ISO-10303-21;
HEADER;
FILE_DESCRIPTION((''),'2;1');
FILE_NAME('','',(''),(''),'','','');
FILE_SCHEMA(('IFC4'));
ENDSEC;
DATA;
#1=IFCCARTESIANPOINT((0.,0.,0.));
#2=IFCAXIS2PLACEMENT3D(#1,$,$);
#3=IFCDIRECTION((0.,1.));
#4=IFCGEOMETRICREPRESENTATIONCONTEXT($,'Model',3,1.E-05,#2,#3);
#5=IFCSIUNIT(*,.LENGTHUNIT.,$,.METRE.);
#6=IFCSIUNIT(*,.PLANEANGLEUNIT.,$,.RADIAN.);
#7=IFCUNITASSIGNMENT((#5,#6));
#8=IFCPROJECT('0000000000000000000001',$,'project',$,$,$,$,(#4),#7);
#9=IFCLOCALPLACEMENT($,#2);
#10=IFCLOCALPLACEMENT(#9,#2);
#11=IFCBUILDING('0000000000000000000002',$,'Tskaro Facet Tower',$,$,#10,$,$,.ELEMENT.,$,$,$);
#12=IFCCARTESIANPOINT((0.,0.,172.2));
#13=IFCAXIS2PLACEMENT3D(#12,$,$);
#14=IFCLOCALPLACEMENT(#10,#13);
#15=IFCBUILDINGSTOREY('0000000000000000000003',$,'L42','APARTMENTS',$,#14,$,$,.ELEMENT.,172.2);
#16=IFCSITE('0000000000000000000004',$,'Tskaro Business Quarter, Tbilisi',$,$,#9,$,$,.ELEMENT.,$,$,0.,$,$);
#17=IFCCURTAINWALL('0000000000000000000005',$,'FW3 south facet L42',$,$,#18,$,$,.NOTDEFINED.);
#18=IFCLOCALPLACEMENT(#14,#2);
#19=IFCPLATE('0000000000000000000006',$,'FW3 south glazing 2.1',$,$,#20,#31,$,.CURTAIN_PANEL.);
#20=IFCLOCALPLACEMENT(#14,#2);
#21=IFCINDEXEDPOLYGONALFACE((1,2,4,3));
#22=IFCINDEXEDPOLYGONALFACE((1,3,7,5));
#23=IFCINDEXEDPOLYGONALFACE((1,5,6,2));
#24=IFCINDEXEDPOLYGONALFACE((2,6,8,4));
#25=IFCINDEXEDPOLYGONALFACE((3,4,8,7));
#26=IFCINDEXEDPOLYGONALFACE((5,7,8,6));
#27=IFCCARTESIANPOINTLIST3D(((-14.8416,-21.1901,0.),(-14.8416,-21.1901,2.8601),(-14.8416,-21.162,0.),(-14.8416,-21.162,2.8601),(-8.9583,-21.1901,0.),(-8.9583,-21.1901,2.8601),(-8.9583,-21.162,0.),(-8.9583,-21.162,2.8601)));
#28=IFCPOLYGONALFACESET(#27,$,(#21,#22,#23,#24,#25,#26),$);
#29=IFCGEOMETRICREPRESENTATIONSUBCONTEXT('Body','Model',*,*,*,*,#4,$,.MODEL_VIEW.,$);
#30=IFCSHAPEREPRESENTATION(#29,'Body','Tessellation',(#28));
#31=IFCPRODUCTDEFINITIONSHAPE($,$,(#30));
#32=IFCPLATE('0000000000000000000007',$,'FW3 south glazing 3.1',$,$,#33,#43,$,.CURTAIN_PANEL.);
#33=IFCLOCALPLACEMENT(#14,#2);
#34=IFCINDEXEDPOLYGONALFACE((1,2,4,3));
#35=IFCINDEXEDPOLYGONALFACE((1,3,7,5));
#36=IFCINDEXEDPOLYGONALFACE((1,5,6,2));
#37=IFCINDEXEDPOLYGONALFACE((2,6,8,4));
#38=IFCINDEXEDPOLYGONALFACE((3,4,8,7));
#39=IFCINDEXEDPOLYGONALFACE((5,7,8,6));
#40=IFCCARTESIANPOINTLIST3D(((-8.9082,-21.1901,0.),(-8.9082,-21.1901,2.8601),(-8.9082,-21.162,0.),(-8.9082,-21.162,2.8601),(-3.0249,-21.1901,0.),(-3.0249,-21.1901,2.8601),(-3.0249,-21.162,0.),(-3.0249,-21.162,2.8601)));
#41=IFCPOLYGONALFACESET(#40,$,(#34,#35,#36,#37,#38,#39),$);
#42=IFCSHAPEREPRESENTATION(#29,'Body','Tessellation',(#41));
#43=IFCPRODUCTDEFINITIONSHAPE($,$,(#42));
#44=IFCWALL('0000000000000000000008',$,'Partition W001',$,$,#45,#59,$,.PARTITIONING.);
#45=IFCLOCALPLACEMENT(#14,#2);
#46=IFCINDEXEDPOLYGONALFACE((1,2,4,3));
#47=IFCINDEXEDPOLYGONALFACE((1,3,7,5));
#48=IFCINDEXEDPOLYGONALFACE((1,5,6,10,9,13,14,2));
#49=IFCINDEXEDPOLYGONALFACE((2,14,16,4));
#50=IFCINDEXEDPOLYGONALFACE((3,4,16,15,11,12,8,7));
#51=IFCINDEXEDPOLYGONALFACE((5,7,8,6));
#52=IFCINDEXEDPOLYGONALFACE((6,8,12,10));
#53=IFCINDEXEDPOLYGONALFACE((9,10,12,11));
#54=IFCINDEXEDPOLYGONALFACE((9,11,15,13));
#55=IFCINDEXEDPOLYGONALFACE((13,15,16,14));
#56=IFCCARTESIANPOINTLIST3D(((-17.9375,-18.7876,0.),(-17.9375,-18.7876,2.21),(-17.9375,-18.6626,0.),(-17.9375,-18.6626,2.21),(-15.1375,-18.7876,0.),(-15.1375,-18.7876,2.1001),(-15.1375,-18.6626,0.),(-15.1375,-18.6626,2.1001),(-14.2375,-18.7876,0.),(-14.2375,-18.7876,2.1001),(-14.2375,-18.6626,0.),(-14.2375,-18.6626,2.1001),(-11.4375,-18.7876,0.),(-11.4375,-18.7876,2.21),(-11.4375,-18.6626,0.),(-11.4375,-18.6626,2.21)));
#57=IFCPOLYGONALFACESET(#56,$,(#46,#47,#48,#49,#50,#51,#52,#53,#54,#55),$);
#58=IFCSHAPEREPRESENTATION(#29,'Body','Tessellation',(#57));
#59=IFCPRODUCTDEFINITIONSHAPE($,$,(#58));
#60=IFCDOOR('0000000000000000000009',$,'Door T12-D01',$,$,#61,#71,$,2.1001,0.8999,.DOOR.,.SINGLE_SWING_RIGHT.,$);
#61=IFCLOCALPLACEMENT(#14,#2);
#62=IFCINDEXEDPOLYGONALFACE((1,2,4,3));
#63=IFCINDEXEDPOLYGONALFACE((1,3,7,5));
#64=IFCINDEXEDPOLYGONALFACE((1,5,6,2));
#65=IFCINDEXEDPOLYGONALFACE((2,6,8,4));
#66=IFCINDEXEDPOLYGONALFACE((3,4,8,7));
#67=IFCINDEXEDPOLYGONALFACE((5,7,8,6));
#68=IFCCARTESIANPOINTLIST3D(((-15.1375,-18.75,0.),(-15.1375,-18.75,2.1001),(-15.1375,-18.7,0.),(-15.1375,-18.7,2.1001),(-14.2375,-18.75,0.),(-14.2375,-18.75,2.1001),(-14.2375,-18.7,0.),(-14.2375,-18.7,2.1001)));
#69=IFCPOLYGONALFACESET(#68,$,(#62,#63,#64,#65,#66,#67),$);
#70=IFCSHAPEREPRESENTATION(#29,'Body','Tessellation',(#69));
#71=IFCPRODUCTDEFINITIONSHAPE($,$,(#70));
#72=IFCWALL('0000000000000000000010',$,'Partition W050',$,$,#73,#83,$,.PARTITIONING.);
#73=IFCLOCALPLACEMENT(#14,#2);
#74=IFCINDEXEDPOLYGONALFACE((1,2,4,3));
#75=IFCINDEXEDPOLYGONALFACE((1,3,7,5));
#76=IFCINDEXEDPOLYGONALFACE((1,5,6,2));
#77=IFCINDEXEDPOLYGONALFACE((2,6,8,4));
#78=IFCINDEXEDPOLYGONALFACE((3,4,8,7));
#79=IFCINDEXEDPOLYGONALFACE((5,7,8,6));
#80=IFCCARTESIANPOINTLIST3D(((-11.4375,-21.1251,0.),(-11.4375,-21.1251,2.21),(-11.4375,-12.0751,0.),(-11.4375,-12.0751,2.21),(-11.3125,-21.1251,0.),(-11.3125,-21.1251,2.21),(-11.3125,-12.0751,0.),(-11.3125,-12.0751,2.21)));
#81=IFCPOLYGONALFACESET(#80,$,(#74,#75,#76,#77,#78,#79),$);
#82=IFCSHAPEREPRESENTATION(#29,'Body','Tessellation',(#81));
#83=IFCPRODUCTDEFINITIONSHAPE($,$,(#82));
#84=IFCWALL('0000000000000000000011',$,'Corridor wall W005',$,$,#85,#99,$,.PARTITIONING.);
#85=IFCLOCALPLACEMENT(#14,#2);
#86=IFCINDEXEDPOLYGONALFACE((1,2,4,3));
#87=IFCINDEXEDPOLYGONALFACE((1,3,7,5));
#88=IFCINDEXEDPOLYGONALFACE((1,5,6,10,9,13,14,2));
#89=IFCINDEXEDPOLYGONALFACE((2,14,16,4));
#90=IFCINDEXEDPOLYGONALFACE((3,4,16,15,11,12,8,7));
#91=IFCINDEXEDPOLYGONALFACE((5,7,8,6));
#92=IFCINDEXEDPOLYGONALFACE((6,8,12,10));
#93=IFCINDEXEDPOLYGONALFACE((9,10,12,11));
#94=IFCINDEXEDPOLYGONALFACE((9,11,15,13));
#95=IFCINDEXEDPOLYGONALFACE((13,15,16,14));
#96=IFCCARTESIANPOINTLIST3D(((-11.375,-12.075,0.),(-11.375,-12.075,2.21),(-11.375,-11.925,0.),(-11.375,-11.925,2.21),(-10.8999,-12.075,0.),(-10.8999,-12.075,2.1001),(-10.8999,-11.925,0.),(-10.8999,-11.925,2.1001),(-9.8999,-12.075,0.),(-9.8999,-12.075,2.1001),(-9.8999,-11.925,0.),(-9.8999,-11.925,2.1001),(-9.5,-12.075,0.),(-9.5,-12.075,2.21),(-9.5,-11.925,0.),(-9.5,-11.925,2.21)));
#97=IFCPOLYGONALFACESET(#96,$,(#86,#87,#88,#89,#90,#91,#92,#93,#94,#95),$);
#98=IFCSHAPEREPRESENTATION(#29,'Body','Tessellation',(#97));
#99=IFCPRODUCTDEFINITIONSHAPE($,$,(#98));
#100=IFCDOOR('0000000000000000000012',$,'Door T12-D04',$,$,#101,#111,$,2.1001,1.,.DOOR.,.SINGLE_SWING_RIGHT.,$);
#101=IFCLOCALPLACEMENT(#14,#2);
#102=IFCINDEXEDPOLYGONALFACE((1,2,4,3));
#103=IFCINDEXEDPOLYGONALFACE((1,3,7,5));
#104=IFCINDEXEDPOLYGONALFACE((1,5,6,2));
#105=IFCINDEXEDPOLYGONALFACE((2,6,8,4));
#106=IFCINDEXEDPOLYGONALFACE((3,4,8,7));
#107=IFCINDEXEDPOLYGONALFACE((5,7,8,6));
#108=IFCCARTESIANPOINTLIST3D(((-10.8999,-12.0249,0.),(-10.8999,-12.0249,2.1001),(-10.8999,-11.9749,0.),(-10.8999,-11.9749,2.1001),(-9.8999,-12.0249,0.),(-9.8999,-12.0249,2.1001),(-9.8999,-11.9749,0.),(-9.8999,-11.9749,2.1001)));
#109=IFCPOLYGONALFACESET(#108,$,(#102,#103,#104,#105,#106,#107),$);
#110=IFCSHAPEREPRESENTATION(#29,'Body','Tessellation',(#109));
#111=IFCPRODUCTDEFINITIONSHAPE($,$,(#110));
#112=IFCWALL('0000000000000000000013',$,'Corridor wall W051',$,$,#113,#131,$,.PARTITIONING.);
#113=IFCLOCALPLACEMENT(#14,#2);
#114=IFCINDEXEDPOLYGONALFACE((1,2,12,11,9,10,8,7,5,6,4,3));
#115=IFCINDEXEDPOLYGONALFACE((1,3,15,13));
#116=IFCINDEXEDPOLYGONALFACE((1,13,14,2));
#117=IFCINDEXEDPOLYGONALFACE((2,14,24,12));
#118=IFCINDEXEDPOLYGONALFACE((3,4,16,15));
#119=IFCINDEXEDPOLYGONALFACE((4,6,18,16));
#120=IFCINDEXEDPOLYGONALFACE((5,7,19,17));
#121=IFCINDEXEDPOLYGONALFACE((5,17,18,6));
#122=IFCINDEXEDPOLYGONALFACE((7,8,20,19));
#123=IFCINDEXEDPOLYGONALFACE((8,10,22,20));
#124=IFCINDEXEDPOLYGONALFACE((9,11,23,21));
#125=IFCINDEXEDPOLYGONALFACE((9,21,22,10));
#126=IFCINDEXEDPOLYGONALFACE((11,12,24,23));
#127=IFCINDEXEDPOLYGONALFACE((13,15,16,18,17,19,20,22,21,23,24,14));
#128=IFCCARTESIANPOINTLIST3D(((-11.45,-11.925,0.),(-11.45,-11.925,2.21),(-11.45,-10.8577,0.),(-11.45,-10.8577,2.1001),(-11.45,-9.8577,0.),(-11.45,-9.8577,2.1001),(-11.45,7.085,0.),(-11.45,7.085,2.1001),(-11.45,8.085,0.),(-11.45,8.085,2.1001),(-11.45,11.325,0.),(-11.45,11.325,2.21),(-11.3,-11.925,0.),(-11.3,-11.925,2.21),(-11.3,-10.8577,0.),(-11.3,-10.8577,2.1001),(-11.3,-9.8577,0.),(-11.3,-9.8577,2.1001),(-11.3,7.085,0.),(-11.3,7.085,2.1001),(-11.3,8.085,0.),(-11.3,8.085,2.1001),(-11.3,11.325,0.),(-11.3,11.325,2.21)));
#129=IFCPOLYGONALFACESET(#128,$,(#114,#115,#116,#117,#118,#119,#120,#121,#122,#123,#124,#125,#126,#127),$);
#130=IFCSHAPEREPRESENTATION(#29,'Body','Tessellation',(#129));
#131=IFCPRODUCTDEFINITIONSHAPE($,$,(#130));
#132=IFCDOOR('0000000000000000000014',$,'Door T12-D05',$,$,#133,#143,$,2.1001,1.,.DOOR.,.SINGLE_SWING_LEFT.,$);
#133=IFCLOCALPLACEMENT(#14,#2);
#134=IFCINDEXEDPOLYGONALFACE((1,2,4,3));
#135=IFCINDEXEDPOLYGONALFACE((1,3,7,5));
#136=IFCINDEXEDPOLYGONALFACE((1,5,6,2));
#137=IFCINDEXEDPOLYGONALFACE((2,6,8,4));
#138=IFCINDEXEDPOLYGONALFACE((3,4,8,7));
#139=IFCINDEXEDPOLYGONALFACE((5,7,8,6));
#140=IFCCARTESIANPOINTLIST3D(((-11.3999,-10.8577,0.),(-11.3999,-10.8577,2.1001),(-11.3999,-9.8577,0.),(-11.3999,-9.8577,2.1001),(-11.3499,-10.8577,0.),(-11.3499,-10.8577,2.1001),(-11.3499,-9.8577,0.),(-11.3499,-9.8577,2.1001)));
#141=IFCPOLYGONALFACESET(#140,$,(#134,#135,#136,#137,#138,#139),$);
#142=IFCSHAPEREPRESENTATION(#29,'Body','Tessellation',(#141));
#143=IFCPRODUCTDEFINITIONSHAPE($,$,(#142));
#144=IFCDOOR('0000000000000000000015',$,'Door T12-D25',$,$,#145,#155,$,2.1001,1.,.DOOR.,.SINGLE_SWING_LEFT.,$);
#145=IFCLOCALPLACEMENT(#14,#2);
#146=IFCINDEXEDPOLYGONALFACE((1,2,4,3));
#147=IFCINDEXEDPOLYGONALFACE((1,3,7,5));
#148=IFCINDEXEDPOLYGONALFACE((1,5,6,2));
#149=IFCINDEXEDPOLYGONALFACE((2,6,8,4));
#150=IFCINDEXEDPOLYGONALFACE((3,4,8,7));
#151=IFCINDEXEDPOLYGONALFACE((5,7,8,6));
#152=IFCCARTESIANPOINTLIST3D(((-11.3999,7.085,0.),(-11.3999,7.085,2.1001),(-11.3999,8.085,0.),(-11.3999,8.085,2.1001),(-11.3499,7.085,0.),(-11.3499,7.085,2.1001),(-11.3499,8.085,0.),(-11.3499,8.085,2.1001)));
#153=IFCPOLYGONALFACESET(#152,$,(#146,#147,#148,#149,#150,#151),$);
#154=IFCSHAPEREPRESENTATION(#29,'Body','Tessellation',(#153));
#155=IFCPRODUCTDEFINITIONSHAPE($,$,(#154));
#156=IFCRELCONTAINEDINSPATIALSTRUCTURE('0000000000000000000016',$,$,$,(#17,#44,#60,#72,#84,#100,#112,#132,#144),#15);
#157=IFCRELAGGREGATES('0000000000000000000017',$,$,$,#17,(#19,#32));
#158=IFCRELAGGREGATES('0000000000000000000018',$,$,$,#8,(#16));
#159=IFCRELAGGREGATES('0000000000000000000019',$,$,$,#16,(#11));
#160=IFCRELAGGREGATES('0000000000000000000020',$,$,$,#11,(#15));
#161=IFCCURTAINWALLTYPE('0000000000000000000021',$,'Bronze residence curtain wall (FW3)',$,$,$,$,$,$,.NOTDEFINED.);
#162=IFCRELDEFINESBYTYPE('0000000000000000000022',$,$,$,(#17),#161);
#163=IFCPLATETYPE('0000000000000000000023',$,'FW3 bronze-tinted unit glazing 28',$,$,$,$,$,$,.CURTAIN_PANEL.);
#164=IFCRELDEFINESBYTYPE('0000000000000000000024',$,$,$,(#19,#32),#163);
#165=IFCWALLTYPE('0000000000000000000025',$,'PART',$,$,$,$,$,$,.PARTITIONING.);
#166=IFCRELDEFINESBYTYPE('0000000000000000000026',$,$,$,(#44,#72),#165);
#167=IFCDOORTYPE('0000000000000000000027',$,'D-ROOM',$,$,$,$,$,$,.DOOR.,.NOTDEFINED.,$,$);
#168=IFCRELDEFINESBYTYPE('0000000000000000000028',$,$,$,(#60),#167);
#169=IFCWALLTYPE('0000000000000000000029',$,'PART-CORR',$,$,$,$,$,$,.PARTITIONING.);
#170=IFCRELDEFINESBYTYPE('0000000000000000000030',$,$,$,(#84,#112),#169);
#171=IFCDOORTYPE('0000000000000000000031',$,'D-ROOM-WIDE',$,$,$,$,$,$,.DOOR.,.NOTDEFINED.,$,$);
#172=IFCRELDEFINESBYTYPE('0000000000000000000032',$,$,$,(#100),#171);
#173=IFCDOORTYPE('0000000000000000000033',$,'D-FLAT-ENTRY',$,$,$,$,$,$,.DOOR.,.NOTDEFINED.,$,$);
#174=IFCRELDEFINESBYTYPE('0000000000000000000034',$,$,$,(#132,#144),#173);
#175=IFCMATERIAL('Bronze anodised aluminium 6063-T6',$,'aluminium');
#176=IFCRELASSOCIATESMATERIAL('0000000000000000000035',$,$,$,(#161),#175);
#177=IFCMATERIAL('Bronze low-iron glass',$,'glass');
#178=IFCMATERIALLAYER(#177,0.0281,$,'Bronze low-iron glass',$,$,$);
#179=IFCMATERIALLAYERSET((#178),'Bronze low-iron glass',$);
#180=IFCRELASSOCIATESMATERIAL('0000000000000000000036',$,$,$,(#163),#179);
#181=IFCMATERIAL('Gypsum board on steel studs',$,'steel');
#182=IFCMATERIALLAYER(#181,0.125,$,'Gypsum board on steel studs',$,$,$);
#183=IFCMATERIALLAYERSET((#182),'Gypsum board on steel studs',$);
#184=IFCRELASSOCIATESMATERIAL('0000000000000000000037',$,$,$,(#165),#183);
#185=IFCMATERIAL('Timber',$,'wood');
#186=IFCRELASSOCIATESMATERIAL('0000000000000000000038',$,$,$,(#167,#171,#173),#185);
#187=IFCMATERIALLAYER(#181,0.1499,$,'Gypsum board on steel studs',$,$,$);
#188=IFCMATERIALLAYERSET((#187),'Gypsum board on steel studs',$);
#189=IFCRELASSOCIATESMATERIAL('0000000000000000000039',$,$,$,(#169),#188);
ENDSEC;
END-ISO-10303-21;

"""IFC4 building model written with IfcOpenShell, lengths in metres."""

from ifc_helpers import new_model, si_unit, direction, frame, frame_2d, origin, origin_2d, place, context, subcontext, project, spatial, rectangle, extrude, material, layer, layer_set, type_object, element, fill, aggregate, save


model = new_model("IFC4")

# Units and contexts
model_context = context("Model", 3, precision=1e-05, world=origin(), true_north=direction((0.0, 1.0)))
body_context = subcontext(model_context, "Body", "Model", "MODEL_VIEW")
ifc_project = project(units=[si_unit("LENGTHUNIT", "METRE"), si_unit("PLANEANGLEUNIT", "RADIAN")], contexts=[model_context])

# Site, building, storey
site_placement = place(None, origin())
site = spatial("IfcSite", under=ifc_project, at=site_placement, Name="Tskaro Business Quarter, Tbilisi", CompositionType="ELEMENT", RefElevation=0.0)
building_placement = place(site_placement, origin())
building = spatial("IfcBuilding", under=site, at=building_placement, Name="Tskaro Facet Tower", CompositionType="ELEMENT")
storey_placement = place(building_placement, frame((0.0, 0.0, 172.2)))
storey = spatial("IfcBuildingStorey", under=building, at=storey_placement, Name="L42", Description="APARTMENTS", CompositionType="ELEMENT", Elevation=172.2)

# Curtain wall, plates
ifc_material_1 = material(Name="Bronze anodised aluminium 6063-T6", Category="aluminium")
curtain_wall_type = type_object("IfcCurtainWallType", Name="Bronze residence curtain wall (FW3)", PredefinedType="NOTDEFINED", material=ifc_material_1)
curtain_wall_placement = place(storey_placement, origin())
curtain_wall = element("IfcCurtainWall", 1, at=curtain_wall_placement, inside=storey, type_object=curtain_wall_type, Name="FW3 south facet L42", PredefinedType="NOTDEFINED")
ifc_material_2 = material(Name="Bronze low-iron glass", Category="glass")
ifc_layer_1 = layer(ifc_material_2, 0.0281, Name="Bronze low-iron glass")
ifc_layer_set_1 = layer_set([ifc_layer_1], Name="Bronze low-iron glass")
plate_type = type_object("IfcPlateType", Name="FW3 bronze-tinted unit glazing 28", PredefinedType="CURTAIN_PANEL", material=ifc_layer_set_1)
plate_1_placement = place(storey_placement, frame((-11.8999, -21.176, 0.0), z_axis=(0.0, 0.0, 1.0), x_axis=(1.0, 0.0, 0.0)))
plate_1 = element("IfcPlate", 2, at=plate_1_placement, type_object=plate_type, Name="FW3 south glazing 2.1", PredefinedType="CURTAIN_PANEL", context=body_context, shape_type="SweptSolid", body=[
    extrude(rectangle(XDim=5.8833, YDim=0.0281, at=origin_2d()), origin(), (0.0, 0.0, 1.0), 2.8601),
])
plate_2_placement = place(storey_placement, frame((-5.9666, -21.176, 0.0), z_axis=(0.0, 0.0, 1.0), x_axis=(1.0, 0.0, 0.0)))
plate_2 = element("IfcPlate", 3, at=plate_2_placement, type_object=plate_type, Name="FW3 south glazing 3.1", PredefinedType="CURTAIN_PANEL", context=body_context, shape_type="SweptSolid", body=[
    extrude(rectangle(XDim=5.8833, YDim=0.0281, at=origin_2d()), origin(), (0.0, 0.0, 1.0), 2.8601),
])
aggregate(curtain_wall, [plate_1, plate_2])

# Wall, opening, door
ifc_material_3 = material(Name="Gypsum board on steel studs", Category="steel")
ifc_layer_2 = layer(ifc_material_3, 0.125, Name="Gypsum board on steel studs")
ifc_layer_set_2 = layer_set([ifc_layer_2], Name="Gypsum board on steel studs")
wall_type_1 = type_object("IfcWallType", Name="PART", PredefinedType="PARTITIONING", material=ifc_layer_set_2)
wall_1_placement = place(storey_placement, frame((-11.4375, -18.7251, 0.0), z_axis=(0.0, 0.0, 1.0), x_axis=(-1.0, 0.0, 0.0)))
wall_1 = element("IfcWall", 4, at=wall_1_placement, inside=storey, type_object=wall_type_1, Name="Partition W001", PredefinedType="PARTITIONING", context=body_context, shape_type="SweptSolid", body=[
    extrude(rectangle(XDim=6.5, YDim=0.125, at=frame_2d((3.25, 0.0))), origin(), (0.0, 0.0, 1.0), 2.21),
])
opening_1_placement = place(wall_1_placement, frame((2.8, 0.0, 0.0)))
opening_1 = element("IfcOpeningElement", 5, at=opening_1_placement, cuts=wall_1, PredefinedType="OPENING", context=body_context, shape_type="SweptSolid", body=[
    extrude(rectangle(XDim=0.8999, YDim=2.1001, at=frame_2d((0.45, 1.05))), frame((0.0, 0.0725, 0.0), z_axis=(0.0, -1.0, 0.0), x_axis=(1.0, 0.0, 0.0)), (0.0, 0.0, 1.0), 0.145),
])
ifc_material_4 = material(Name="Timber", Category="wood")
door_type_1 = type_object("IfcDoorType", Name="D-ROOM", OperationType="NOTDEFINED", PredefinedType="DOOR", material=ifc_material_4)
door_1_placement = place(opening_1_placement, origin())
door_1 = element("IfcDoor", 6, at=door_1_placement, inside=storey, type_object=door_type_1, Name="Door T12-D01", OperationType="SINGLE_SWING_RIGHT", OverallHeight=2.1001, OverallWidth=0.8999, PredefinedType="DOOR", context=body_context, shape_type="SweptSolid", body=[
    extrude(rectangle(XDim=0.8999, YDim=2.1001, at=frame_2d((0.45, 1.05))), frame((0.0, 0.0249, 0.0), z_axis=(0.0, -1.0, 0.0), x_axis=(1.0, 0.0, 0.0)), (0.0, 0.0, 1.0), 0.05),
])
fill(opening_1, door_1)

# Wall
wall_2_placement = place(storey_placement, frame((-11.375, -21.125, 0.0), z_axis=(0.0, 0.0, 1.0), x_axis=(0.0, 1.0, 0.0)))
element("IfcWall", 7, at=wall_2_placement, inside=storey, type_object=wall_type_1, Name="Partition W050", PredefinedType="PARTITIONING", context=body_context, shape_type="SweptSolid", body=[
    extrude(rectangle(XDim=9.05, YDim=0.125, at=frame_2d((4.5249, 0.0))), origin(), (0.0, 0.0, 1.0), 2.21),
])

# Wall, opening, door
ifc_layer_3 = layer(ifc_material_3, 0.1499, Name="Gypsum board on steel studs")
ifc_layer_set_3 = layer_set([ifc_layer_3], Name="Gypsum board on steel studs")
wall_type_2 = type_object("IfcWallType", Name="PART-CORR", PredefinedType="PARTITIONING", material=ifc_layer_set_3)
wall_3_placement = place(storey_placement, frame((-9.5, -12.0, 0.0), z_axis=(0.0, 0.0, 1.0), x_axis=(-1.0, 0.0, 0.0)))
wall_3 = element("IfcWall", 8, at=wall_3_placement, inside=storey, type_object=wall_type_2, Name="Corridor wall W005", PredefinedType="PARTITIONING", context=body_context, shape_type="SweptSolid", body=[
    extrude(rectangle(XDim=1.875, YDim=0.1499, at=frame_2d((0.9375, 0.0))), origin(), (0.0, 0.0, 1.0), 2.21),
])
opening_2_placement = place(wall_3_placement, frame((0.3999, 0.0, 0.0)))
opening_2 = element("IfcOpeningElement", 9, at=opening_2_placement, cuts=wall_3, PredefinedType="OPENING", context=body_context, shape_type="SweptSolid", body=[
    extrude(rectangle(XDim=1.0, YDim=2.1001, at=frame_2d((0.5, 1.05))), frame((0.0, 0.085, 0.0), z_axis=(0.0, -1.0, 0.0), x_axis=(1.0, 0.0, 0.0)), (0.0, 0.0, 1.0), 0.1699),
])
door_type_2 = type_object("IfcDoorType", Name="D-ROOM-WIDE", OperationType="NOTDEFINED", PredefinedType="DOOR", material=ifc_material_4)
door_2_placement = place(opening_2_placement, origin())
door_2 = element("IfcDoor", 10, at=door_2_placement, inside=storey, type_object=door_type_2, Name="Door T12-D04", OperationType="SINGLE_SWING_RIGHT", OverallHeight=2.1001, OverallWidth=1.0, PredefinedType="DOOR", context=body_context, shape_type="SweptSolid", body=[
    extrude(rectangle(XDim=1.0, YDim=2.1001, at=frame_2d((0.5, 1.05))), frame((0.0, 0.0249, 0.0), z_axis=(0.0, -1.0, 0.0), x_axis=(1.0, 0.0, 0.0)), (0.0, 0.0, 1.0), 0.05),
])
fill(opening_2, door_2)

# Wall, openings, doors
wall_4_placement = place(storey_placement, frame((-11.375, -11.925, 0.0), z_axis=(0.0, 0.0, 1.0), x_axis=(0.0, 1.0, 0.0)))
wall_4 = element("IfcWall", 11, at=wall_4_placement, inside=storey, type_object=wall_type_2, Name="Corridor wall W051", PredefinedType="PARTITIONING", context=body_context, shape_type="SweptSolid", body=[
    extrude(rectangle(XDim=23.25, YDim=0.1499, at=frame_2d((11.625, 0.0))), origin(), (0.0, 0.0, 1.0), 2.21),
])
opening_3_placement = place(wall_4_placement, frame((1.0674, 0.0, 0.0)))
opening_3 = element("IfcOpeningElement", 12, at=opening_3_placement, cuts=wall_4, PredefinedType="OPENING", context=body_context, shape_type="SweptSolid", body=[
    extrude(rectangle(XDim=1.0, YDim=2.1001, at=frame_2d((0.5, 1.05))), frame((0.0, 0.085, 0.0), z_axis=(0.0, -1.0, 0.0), x_axis=(1.0, 0.0, 0.0)), (0.0, 0.0, 1.0), 0.1699),
])
opening_4_placement = place(wall_4_placement, frame((19.01, 0.0, 0.0)))
opening_4 = element("IfcOpeningElement", 13, at=opening_4_placement, cuts=wall_4, PredefinedType="OPENING", context=body_context, shape_type="SweptSolid", body=[
    extrude(rectangle(XDim=1.0, YDim=2.1001, at=frame_2d((0.5, 1.05))), frame((0.0, 0.085, 0.0), z_axis=(0.0, -1.0, 0.0), x_axis=(1.0, 0.0, 0.0)), (0.0, 0.0, 1.0), 0.1699),
])
door_type_3 = type_object("IfcDoorType", Name="D-FLAT-ENTRY", OperationType="NOTDEFINED", PredefinedType="DOOR", material=ifc_material_4)
door_3_placement = place(opening_3_placement, origin())
door_3 = element("IfcDoor", 14, at=door_3_placement, inside=storey, type_object=door_type_3, Name="Door T12-D05", OperationType="SINGLE_SWING_LEFT", OverallHeight=2.1001, OverallWidth=1.0, PredefinedType="DOOR", context=body_context, shape_type="SweptSolid", body=[
    extrude(rectangle(XDim=1.0, YDim=2.1001, at=frame_2d((0.5, 1.05))), frame((0.0, 0.0249, 0.0), z_axis=(0.0, -1.0, 0.0), x_axis=(1.0, 0.0, 0.0)), (0.0, 0.0, 1.0), 0.05),
])
fill(opening_3, door_3)
door_4_placement = place(opening_4_placement, origin())
door_4 = element("IfcDoor", 15, at=door_4_placement, inside=storey, type_object=door_type_3, Name="Door T12-D25", OperationType="SINGLE_SWING_LEFT", OverallHeight=2.1001, OverallWidth=1.0, PredefinedType="DOOR", context=body_context, shape_type="SweptSolid", body=[
    extrude(rectangle(XDim=1.0, YDim=2.1001, at=frame_2d((0.5, 1.05))), frame((0.0, 0.0249, 0.0), z_axis=(0.0, -1.0, 0.0), x_axis=(1.0, 0.0, 0.0)), (0.0, 0.0, 1.0), 0.05),
])
fill(opening_4, door_4)

save(model, "model.ifc")
